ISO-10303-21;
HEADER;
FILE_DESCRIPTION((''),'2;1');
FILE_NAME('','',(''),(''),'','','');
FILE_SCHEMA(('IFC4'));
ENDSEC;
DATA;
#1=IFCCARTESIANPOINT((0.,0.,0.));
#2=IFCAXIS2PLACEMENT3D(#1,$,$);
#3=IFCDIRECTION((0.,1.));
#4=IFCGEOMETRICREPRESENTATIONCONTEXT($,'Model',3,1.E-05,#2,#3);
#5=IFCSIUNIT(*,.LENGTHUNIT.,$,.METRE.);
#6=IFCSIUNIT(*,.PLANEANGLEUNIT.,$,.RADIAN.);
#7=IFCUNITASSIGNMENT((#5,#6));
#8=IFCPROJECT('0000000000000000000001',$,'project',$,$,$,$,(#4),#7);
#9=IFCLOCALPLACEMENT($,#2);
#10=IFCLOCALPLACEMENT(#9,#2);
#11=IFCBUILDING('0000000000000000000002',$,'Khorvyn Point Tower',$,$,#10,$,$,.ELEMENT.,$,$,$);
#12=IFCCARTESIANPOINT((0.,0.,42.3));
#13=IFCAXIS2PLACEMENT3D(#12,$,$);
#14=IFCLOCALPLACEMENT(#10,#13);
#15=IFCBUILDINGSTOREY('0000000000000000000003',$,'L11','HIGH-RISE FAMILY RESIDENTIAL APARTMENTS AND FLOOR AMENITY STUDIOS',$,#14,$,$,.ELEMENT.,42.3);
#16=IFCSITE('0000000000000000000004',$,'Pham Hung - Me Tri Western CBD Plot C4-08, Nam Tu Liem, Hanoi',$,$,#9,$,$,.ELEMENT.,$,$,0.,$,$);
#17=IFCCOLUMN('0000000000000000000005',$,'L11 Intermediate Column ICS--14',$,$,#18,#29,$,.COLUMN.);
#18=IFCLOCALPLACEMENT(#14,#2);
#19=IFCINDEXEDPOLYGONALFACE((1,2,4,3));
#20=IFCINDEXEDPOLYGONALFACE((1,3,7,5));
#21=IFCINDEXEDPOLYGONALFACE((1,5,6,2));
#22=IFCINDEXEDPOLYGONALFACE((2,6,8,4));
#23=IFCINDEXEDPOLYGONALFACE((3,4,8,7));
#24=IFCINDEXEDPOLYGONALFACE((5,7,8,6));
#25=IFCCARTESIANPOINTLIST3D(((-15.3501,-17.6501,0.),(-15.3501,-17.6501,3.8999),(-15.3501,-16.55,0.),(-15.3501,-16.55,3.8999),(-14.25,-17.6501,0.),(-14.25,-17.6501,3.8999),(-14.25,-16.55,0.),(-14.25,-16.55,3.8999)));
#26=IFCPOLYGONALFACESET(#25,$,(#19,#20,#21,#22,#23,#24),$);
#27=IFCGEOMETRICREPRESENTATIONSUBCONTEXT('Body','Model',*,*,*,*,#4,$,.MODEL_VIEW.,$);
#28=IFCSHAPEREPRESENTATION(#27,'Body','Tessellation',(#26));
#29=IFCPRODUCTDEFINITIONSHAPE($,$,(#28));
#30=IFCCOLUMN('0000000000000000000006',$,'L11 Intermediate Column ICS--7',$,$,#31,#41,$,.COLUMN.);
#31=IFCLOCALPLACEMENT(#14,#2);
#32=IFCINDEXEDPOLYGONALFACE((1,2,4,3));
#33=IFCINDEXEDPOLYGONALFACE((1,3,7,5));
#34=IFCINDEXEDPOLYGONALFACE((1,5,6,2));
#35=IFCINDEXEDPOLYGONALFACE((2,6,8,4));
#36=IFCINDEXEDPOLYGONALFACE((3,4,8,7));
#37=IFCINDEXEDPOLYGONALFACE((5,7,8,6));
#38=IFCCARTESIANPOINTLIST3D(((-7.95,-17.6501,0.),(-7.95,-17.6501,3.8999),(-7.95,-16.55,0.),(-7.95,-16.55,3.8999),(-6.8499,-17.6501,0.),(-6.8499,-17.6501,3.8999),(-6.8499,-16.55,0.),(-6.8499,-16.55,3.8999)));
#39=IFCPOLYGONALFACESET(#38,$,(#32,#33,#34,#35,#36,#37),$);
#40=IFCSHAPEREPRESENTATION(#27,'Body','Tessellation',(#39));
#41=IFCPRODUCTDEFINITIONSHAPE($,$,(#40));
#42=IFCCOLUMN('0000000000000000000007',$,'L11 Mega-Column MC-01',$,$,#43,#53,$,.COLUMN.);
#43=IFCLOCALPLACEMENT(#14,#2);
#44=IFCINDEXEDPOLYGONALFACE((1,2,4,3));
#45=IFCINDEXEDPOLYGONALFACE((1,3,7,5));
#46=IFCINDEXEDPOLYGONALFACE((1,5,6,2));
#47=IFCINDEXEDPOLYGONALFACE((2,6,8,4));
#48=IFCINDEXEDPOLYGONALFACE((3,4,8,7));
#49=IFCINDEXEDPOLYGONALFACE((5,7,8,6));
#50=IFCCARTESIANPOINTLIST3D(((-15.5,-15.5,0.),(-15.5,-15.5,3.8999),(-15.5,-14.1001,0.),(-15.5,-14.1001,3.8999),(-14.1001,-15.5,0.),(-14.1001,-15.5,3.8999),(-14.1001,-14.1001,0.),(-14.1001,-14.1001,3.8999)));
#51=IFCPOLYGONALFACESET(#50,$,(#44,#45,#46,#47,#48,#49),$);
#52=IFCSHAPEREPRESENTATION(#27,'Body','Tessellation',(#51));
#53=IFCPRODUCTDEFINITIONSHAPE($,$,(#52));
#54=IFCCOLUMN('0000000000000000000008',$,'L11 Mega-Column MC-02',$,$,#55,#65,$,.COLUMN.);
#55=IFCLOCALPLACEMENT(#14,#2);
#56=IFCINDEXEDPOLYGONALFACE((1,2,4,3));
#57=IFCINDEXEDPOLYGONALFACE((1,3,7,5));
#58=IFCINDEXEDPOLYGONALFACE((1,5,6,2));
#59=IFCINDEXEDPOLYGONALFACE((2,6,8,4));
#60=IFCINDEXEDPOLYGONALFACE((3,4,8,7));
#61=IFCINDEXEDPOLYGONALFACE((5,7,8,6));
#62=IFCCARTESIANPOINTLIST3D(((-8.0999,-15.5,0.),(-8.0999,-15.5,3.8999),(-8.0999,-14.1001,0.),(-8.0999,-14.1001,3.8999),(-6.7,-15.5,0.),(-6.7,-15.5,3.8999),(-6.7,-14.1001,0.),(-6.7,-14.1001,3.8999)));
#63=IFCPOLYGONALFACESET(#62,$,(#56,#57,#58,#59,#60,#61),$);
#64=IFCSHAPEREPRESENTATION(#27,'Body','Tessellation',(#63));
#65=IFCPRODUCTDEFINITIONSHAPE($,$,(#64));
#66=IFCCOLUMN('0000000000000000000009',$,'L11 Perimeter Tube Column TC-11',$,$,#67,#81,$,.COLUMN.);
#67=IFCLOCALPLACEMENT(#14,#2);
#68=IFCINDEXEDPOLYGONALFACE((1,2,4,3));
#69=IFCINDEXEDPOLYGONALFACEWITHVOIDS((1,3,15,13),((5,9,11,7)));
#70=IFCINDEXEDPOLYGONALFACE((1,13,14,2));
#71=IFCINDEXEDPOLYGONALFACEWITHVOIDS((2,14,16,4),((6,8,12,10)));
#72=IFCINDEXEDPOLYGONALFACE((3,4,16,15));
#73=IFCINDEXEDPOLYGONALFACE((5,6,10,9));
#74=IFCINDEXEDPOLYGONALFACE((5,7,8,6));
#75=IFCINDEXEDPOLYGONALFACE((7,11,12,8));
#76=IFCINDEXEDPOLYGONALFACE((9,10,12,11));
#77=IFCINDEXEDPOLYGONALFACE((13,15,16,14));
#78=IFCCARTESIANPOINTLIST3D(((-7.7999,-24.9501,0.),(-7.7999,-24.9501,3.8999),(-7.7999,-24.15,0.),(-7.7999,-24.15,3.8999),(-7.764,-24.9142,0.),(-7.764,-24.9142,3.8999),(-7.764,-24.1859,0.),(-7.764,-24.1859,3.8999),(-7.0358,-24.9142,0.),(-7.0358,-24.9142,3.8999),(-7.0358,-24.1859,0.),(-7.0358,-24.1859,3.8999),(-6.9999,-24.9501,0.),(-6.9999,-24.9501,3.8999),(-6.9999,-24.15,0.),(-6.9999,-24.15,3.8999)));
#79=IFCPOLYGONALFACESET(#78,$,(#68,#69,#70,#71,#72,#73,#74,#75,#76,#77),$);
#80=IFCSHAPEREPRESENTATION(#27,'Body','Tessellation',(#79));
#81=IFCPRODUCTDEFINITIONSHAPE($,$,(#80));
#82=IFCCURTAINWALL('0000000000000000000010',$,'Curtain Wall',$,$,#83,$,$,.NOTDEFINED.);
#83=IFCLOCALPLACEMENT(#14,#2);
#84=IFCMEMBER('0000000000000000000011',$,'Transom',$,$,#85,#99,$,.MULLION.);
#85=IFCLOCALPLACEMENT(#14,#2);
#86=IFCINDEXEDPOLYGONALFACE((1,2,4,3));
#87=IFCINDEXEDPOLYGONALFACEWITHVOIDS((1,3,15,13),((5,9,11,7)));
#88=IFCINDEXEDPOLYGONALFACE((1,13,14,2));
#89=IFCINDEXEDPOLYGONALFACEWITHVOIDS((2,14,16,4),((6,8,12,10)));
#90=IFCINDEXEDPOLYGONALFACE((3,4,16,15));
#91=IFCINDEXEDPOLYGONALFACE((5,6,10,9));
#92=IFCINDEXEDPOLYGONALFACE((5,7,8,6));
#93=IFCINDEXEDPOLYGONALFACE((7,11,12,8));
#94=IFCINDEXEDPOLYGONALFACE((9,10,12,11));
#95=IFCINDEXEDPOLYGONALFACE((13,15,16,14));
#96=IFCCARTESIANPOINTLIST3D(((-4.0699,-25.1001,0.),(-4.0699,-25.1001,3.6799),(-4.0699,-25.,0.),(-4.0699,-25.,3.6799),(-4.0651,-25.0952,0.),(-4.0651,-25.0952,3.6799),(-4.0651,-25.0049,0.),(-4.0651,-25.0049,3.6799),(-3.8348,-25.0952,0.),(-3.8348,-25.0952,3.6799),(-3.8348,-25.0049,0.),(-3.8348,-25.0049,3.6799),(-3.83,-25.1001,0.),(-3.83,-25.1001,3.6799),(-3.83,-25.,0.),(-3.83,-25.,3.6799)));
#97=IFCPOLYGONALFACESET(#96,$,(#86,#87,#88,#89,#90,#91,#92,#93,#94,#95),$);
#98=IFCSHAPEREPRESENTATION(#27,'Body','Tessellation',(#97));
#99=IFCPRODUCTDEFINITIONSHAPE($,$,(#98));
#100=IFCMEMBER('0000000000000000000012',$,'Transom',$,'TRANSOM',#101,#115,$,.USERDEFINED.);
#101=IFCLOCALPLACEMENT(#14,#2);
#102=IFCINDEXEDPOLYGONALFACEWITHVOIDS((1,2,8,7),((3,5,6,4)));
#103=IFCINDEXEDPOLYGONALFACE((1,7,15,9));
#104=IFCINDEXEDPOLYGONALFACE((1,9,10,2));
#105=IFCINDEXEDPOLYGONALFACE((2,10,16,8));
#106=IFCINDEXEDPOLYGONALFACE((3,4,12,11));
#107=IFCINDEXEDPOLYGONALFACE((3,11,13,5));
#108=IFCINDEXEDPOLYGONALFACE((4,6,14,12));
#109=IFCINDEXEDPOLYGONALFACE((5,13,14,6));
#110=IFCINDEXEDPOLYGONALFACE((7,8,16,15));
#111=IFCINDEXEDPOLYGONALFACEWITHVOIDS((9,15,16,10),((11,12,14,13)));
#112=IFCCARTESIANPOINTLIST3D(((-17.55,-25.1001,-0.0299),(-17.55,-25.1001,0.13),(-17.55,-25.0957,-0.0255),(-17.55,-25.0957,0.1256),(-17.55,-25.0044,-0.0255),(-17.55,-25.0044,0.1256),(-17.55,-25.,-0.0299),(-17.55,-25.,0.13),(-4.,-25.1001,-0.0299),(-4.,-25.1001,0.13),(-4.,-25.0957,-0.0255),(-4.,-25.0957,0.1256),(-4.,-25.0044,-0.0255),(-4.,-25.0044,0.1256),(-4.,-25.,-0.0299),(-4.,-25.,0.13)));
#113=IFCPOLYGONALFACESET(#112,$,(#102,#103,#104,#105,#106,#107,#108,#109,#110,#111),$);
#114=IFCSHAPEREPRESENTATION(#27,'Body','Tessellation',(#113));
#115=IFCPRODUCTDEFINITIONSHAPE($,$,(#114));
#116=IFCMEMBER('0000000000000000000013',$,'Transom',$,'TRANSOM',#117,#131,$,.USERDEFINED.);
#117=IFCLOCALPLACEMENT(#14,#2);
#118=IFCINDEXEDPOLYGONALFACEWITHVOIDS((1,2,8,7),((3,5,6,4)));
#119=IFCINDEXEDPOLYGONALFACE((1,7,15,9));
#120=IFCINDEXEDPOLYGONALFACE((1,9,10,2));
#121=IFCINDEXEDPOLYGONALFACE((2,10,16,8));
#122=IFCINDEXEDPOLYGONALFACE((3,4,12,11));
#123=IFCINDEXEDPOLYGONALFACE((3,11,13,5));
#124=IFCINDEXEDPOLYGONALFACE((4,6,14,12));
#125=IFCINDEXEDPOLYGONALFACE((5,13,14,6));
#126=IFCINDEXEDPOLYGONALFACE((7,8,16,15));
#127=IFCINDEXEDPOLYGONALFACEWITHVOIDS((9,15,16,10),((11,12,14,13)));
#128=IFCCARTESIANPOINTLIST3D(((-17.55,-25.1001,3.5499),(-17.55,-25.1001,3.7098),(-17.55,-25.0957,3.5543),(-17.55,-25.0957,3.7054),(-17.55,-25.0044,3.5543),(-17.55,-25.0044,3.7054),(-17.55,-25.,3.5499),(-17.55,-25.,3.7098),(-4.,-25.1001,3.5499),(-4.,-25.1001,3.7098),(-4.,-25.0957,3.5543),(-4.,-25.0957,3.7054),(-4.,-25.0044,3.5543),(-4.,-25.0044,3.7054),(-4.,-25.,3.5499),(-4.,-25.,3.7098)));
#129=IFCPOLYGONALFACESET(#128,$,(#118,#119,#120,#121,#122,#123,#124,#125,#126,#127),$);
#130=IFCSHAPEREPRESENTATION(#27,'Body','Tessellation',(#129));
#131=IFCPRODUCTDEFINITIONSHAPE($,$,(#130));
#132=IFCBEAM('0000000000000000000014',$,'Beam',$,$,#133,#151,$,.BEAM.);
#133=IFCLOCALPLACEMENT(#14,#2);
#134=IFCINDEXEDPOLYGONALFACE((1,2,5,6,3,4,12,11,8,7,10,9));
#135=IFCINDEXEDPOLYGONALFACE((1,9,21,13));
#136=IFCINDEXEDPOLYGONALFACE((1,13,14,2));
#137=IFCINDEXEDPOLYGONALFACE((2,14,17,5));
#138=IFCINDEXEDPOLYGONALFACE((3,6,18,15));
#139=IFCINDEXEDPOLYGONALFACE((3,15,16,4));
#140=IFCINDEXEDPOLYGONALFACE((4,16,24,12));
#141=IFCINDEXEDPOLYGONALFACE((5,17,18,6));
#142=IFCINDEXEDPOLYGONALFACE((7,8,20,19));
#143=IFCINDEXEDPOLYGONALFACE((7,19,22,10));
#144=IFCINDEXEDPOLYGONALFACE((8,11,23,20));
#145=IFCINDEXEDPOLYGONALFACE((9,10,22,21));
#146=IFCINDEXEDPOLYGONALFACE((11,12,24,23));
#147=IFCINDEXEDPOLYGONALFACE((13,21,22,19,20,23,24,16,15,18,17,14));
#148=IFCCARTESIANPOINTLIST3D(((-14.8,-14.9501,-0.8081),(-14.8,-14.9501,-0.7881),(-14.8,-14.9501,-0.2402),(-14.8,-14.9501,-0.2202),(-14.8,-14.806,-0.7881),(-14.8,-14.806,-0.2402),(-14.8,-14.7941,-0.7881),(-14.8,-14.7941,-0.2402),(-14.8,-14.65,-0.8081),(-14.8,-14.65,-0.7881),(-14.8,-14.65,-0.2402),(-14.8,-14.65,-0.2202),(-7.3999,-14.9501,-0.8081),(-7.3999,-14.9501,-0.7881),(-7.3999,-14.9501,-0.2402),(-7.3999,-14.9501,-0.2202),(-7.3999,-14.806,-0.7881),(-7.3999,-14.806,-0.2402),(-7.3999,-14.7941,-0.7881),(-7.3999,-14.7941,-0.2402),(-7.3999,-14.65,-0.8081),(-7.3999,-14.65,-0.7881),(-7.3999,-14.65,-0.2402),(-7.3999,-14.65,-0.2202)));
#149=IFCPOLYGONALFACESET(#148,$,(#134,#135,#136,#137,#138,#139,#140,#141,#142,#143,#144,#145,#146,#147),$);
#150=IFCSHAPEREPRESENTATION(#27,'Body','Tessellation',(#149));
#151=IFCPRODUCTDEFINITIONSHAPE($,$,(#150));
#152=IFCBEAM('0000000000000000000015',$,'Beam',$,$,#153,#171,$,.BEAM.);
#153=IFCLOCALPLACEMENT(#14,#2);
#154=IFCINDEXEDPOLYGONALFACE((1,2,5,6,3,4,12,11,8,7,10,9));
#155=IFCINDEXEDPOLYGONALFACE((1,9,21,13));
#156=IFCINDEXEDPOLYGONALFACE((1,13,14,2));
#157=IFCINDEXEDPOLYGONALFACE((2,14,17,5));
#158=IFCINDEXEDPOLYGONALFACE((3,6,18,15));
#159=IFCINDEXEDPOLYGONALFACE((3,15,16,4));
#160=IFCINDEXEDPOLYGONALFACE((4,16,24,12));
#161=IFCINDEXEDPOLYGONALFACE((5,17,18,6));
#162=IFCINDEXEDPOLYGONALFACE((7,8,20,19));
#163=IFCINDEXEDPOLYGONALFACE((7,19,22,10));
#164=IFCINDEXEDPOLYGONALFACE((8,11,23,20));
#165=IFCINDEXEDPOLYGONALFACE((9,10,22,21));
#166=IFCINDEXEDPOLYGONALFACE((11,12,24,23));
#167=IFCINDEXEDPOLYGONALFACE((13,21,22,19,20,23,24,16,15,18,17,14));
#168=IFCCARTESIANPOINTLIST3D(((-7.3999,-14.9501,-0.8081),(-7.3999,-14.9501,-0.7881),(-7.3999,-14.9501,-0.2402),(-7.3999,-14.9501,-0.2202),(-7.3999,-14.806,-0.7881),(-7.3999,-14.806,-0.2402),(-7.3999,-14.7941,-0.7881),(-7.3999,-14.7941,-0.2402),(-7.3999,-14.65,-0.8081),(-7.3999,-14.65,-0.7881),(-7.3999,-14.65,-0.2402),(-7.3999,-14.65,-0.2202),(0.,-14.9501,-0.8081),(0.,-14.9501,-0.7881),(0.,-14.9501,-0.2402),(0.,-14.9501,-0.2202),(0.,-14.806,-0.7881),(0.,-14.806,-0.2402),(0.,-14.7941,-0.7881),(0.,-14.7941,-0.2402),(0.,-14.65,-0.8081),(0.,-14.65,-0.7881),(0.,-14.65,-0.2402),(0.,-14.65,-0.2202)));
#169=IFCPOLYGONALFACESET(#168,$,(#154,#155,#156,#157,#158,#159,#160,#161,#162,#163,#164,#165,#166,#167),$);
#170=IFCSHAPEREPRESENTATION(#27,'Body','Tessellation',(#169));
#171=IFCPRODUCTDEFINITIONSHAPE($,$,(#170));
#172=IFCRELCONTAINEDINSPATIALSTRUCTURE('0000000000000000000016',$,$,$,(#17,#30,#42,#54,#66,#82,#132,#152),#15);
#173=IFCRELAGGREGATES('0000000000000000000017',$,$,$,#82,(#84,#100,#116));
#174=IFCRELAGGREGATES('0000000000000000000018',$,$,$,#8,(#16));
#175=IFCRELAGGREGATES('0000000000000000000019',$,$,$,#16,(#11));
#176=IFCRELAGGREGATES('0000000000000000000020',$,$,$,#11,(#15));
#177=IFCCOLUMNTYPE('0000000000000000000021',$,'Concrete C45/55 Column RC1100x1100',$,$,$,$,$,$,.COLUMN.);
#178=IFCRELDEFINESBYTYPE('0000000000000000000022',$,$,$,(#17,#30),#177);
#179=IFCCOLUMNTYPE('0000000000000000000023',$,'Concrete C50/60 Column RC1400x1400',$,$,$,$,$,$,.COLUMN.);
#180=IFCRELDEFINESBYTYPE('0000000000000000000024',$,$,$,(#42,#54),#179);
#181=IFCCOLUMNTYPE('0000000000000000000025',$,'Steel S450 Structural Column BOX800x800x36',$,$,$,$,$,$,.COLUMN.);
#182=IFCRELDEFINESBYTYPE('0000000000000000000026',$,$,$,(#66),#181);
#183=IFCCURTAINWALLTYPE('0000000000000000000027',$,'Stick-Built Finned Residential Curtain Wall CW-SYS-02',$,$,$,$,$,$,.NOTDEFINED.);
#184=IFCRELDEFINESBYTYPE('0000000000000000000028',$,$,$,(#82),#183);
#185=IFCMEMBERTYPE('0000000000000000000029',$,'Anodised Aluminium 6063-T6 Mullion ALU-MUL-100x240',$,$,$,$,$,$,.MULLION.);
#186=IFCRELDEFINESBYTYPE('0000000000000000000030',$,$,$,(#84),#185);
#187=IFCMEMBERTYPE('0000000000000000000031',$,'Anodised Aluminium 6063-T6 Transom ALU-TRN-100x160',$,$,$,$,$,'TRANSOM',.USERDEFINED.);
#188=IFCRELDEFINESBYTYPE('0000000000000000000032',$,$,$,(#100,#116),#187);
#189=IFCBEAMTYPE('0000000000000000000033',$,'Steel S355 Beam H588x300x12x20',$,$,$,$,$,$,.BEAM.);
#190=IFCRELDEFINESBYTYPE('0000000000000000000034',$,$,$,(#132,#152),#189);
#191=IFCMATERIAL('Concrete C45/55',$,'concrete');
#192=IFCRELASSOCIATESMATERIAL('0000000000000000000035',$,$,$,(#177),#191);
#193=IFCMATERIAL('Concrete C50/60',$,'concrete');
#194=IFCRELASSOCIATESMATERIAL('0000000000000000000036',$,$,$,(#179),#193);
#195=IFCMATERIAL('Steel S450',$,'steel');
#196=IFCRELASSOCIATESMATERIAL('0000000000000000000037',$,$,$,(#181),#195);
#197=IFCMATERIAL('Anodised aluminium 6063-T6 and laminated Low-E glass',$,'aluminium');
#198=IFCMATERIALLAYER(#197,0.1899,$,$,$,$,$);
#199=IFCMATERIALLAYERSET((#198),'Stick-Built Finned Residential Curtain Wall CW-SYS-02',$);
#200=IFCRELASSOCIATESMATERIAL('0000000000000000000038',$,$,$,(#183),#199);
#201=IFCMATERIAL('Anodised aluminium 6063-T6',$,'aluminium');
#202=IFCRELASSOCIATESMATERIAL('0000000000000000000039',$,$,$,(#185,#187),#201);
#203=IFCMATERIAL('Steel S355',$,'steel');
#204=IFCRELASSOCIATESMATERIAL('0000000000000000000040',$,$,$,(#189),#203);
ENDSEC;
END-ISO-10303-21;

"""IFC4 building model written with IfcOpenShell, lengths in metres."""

from ifc_helpers import new_model, si_unit, direction, frame, origin, origin_2d, place, context, subcontext, project, spatial, rectangle, hollow_rectangle, i_section, extrude, material, layer, layer_set, material_profile, profile_set, type_object, element, aggregate, save


model = new_model("IFC4")

# Units and contexts
model_context = context("Model", 3, precision=1e-05, world=origin(), true_north=direction((0.0, 1.0)))
body_context = subcontext(model_context, "Body", "Model", "MODEL_VIEW")
ifc_project = project(units=[si_unit("LENGTHUNIT", "METRE"), si_unit("PLANEANGLEUNIT", "RADIAN")], contexts=[model_context])

# Site, building, storey
site_placement = place(None, origin())
site = spatial("IfcSite", under=ifc_project, at=site_placement, Name="Pham Hung - Me Tri Western CBD Plot C4-08, Nam Tu Liem, Hanoi", CompositionType="ELEMENT", RefElevation=0.0)
building_placement = place(site_placement, origin())
building = spatial("IfcBuilding", under=site, at=building_placement, Name="Khorvyn Point Tower", CompositionType="ELEMENT")
storey_placement = place(building_placement, frame((0.0, 0.0, 42.3)))
storey = spatial("IfcBuildingStorey", under=building, at=storey_placement, Name="L11", Description="HIGH-RISE FAMILY RESIDENTIAL APARTMENTS AND FLOOR AMENITY STUDIOS", CompositionType="ELEMENT", Elevation=42.3)

# Columns
ifc_material_1 = material(Name="Concrete C45/55", Category="concrete")
ifc_material_profile_1 = material_profile(ifc_material_1, rectangle(XDim=1.1001, YDim=1.1001, at=origin_2d()))
ifc_profile_set_1 = profile_set([ifc_material_profile_1], Name="Concrete C45/55 RC1100x1100")
column_type_1 = type_object("IfcColumnType", Name="Concrete C45/55 Column RC1100x1100", PredefinedType="COLUMN", material=ifc_profile_set_1)
for number, where, z_axis, x_axis, name in (
    (1, (-14.8, -17.1001, 0.0), (0.0, 0.0, 1.0), (1.0, 0.0, 0.0), "L11 Intermediate Column ICS--14"),
    (2, (-7.3999, -17.1001, 0.0), (0.0, 0.0, 1.0), (1.0, 0.0, 0.0), "L11 Intermediate Column ICS--7"),
):
    element("IfcColumn", number, at=place(storey_placement, frame(where, z_axis=z_axis, x_axis=x_axis)), inside=storey, type_object=column_type_1, Name=name, PredefinedType="COLUMN", context=body_context, shape_type="SweptSolid", body=[
        extrude(rectangle(XDim=1.1001, YDim=1.1001, at=origin_2d()), origin(), (0.0, 0.0, 1.0), 3.8999),
    ])
ifc_material_2 = material(Name="Concrete C50/60", Category="concrete")
ifc_material_profile_2 = material_profile(ifc_material_2, rectangle(XDim=1.3999, YDim=1.3999, at=origin_2d()))
ifc_profile_set_2 = profile_set([ifc_material_profile_2], Name="Concrete C50/60 RC1400x1400")
column_type_2 = type_object("IfcColumnType", Name="Concrete C50/60 Column RC1400x1400", PredefinedType="COLUMN", material=ifc_profile_set_2)
for number, where, z_axis, x_axis, name in (
    (3, (-14.8, -14.8, 0.0), (0.0, 0.0, 1.0), (1.0, 0.0, 0.0), "L11 Mega-Column MC-01"),
    (4, (-7.3999, -14.8, 0.0), (0.0, 0.0, 1.0), (1.0, 0.0, 0.0), "L11 Mega-Column MC-02"),
):
    element("IfcColumn", number, at=place(storey_placement, frame(where, z_axis=z_axis, x_axis=x_axis)), inside=storey, type_object=column_type_2, Name=name, PredefinedType="COLUMN", context=body_context, shape_type="SweptSolid", body=[
        extrude(rectangle(XDim=1.3999, YDim=1.3999, at=origin_2d()), origin(), (0.0, 0.0, 1.0), 3.8999),
    ])
ifc_material_3 = material(Name="Steel S450", Category="steel")
ifc_material_profile_3 = material_profile(ifc_material_3, hollow_rectangle(XDim=0.8, YDim=0.8, WallThickness=0.0359, at=origin_2d()))
ifc_profile_set_3 = profile_set([ifc_material_profile_3], Name="Steel S450 BOX800x800x36")
column_type_3 = type_object("IfcColumnType", Name="Steel S450 Structural Column BOX800x800x36", PredefinedType="COLUMN", material=ifc_profile_set_3)
column_placement = place(storey_placement, frame((-7.3999, -24.55, 0.0), z_axis=(0.0, 0.0, 1.0), x_axis=(1.0, 0.0, 0.0)))
element("IfcColumn", 5, at=column_placement, inside=storey, type_object=column_type_3, Name="L11 Perimeter Tube Column TC-11", PredefinedType="COLUMN", context=body_context, shape_type="SweptSolid", body=[
    extrude(hollow_rectangle(XDim=0.8, YDim=0.8, WallThickness=0.0359, at=origin_2d()), origin(), (0.0, 0.0, 1.0), 3.8999),
])

# Curtain wall, members
ifc_material_4 = material(Name="Anodised aluminium 6063-T6 and laminated Low-E glass", Category="aluminium")
ifc_layer_1 = layer(ifc_material_4, 0.1899)
ifc_layer_set_1 = layer_set([ifc_layer_1], Name="Stick-Built Finned Residential Curtain Wall CW-SYS-02")
curtain_wall_type = type_object("IfcCurtainWallType", Name="Stick-Built Finned Residential Curtain Wall CW-SYS-02", PredefinedType="NOTDEFINED", material=ifc_layer_set_1)
curtain_wall_placement = place(storey_placement, origin())
curtain_wall = element("IfcCurtainWall", 6, at=curtain_wall_placement, inside=storey, type_object=curtain_wall_type, Name="Curtain Wall", PredefinedType="NOTDEFINED")
ifc_material_5 = material(Name="Anodised aluminium 6063-T6", Category="aluminium")
ifc_material_profile_4 = material_profile(ifc_material_5, hollow_rectangle(XDim=0.1001, YDim=0.24, WallThickness=0.0049, at=origin_2d()))
ifc_profile_set_4 = profile_set([ifc_material_profile_4], Name="Anodised aluminium 6063-T6 ALU-MUL-100x240")
member_type_1 = type_object("IfcMemberType", Name="Anodised Aluminium 6063-T6 Mullion ALU-MUL-100x240", PredefinedType="MULLION", material=ifc_profile_set_4)
member_1_placement = place(storey_placement, frame((-3.95, -25.05, 0.0), z_axis=(0.0, 0.0, 1.0), x_axis=(0.0, -1.0, 0.0)))
member_1 = element("IfcMember", 7, at=member_1_placement, type_object=member_type_1, Name="Transom", PredefinedType="MULLION", context=body_context, shape_type="SweptSolid", body=[
    extrude(hollow_rectangle(XDim=0.1001, YDim=0.24, WallThickness=0.0049, at=origin_2d()), origin(), (0.0, 0.0, 1.0), 3.6799),
])
ifc_material_profile_5 = material_profile(ifc_material_5, hollow_rectangle(XDim=0.1001, YDim=0.1599, WallThickness=0.0044, at=origin_2d()))
ifc_profile_set_5 = profile_set([ifc_material_profile_5], Name="Anodised aluminium 6063-T6 ALU-TRN-100x160")
member_type_2 = type_object("IfcMemberType", Name="Anodised Aluminium 6063-T6 Transom ALU-TRN-100x160", ElementType="TRANSOM", PredefinedType="USERDEFINED", material=ifc_profile_set_5)
member_2_placement = place(storey_placement, frame((-4.0, -25.05, 0.05), z_axis=(-1.0, 0.0, 0.0), x_axis=(0.0, -1.0, 0.0)))
member_2 = element("IfcMember", 8, at=member_2_placement, type_object=member_type_2, Name="Transom", ObjectType="TRANSOM", PredefinedType="USERDEFINED", context=body_context, shape_type="SweptSolid", body=[
    extrude(hollow_rectangle(XDim=0.1001, YDim=0.1599, WallThickness=0.0044, at=origin_2d()), origin(), (0.0, 0.0, 1.0), 13.55),
])
member_3_placement = place(storey_placement, frame((-4.0, -25.05, 3.6299), z_axis=(-1.0, 0.0, 0.0), x_axis=(0.0, -1.0, 0.0)))
member_3 = element("IfcMember", 9, at=member_3_placement, type_object=member_type_2, Name="Transom", ObjectType="TRANSOM", PredefinedType="USERDEFINED", context=body_context, shape_type="SweptSolid", body=[
    extrude(hollow_rectangle(XDim=0.1001, YDim=0.1599, WallThickness=0.0044, at=origin_2d()), origin(), (0.0, 0.0, 1.0), 13.55),
])

# Beams
ifc_material_6 = material(Name="Steel S355", Category="steel")
ifc_material_profile_6 = material_profile(ifc_material_6, i_section(OverallWidth=0.3, OverallDepth=0.5879, WebThickness=0.012, FlangeThickness=0.02, at=origin_2d()))
ifc_profile_set_6 = profile_set([ifc_material_profile_6], Name="Steel S355 H588x300x12x20")
beam_type_1 = type_object("IfcBeamType", Name="Steel S355 Beam H588x300x12x20", PredefinedType="BEAM", material=ifc_profile_set_6)
beam_1_placement = place(storey_placement, frame((-14.8, -14.8, -0.5142), z_axis=(1.0, 0.0, 0.0), x_axis=(0.0, 1.0, 0.0)))
element("IfcBeam", 10, at=beam_1_placement, inside=storey, type_object=beam_type_1, Name="Beam", PredefinedType="BEAM", context=body_context, shape_type="SweptSolid", body=[
    extrude(i_section(OverallWidth=0.3, OverallDepth=0.5879, WebThickness=0.012, FlangeThickness=0.02, at=origin_2d()), origin(), (0.0, 0.0, 1.0), 7.4001),
])
beam_2_placement = place(storey_placement, frame((-7.3999, -14.8, -0.5142), z_axis=(1.0, 0.0, 0.0), x_axis=(0.0, 1.0, 0.0)))
element("IfcBeam", 11, at=beam_2_placement, inside=storey, type_object=beam_type_1, Name="Beam", PredefinedType="BEAM", context=body_context, shape_type="SweptSolid", body=[
    extrude(i_section(OverallWidth=0.3, OverallDepth=0.5879, WebThickness=0.012, FlangeThickness=0.02, at=origin_2d()), origin(), (0.0, 0.0, 1.0), 7.3999),
])

aggregate(curtain_wall, [member_1, member_2, member_3])

save(model, "model.ifc")
